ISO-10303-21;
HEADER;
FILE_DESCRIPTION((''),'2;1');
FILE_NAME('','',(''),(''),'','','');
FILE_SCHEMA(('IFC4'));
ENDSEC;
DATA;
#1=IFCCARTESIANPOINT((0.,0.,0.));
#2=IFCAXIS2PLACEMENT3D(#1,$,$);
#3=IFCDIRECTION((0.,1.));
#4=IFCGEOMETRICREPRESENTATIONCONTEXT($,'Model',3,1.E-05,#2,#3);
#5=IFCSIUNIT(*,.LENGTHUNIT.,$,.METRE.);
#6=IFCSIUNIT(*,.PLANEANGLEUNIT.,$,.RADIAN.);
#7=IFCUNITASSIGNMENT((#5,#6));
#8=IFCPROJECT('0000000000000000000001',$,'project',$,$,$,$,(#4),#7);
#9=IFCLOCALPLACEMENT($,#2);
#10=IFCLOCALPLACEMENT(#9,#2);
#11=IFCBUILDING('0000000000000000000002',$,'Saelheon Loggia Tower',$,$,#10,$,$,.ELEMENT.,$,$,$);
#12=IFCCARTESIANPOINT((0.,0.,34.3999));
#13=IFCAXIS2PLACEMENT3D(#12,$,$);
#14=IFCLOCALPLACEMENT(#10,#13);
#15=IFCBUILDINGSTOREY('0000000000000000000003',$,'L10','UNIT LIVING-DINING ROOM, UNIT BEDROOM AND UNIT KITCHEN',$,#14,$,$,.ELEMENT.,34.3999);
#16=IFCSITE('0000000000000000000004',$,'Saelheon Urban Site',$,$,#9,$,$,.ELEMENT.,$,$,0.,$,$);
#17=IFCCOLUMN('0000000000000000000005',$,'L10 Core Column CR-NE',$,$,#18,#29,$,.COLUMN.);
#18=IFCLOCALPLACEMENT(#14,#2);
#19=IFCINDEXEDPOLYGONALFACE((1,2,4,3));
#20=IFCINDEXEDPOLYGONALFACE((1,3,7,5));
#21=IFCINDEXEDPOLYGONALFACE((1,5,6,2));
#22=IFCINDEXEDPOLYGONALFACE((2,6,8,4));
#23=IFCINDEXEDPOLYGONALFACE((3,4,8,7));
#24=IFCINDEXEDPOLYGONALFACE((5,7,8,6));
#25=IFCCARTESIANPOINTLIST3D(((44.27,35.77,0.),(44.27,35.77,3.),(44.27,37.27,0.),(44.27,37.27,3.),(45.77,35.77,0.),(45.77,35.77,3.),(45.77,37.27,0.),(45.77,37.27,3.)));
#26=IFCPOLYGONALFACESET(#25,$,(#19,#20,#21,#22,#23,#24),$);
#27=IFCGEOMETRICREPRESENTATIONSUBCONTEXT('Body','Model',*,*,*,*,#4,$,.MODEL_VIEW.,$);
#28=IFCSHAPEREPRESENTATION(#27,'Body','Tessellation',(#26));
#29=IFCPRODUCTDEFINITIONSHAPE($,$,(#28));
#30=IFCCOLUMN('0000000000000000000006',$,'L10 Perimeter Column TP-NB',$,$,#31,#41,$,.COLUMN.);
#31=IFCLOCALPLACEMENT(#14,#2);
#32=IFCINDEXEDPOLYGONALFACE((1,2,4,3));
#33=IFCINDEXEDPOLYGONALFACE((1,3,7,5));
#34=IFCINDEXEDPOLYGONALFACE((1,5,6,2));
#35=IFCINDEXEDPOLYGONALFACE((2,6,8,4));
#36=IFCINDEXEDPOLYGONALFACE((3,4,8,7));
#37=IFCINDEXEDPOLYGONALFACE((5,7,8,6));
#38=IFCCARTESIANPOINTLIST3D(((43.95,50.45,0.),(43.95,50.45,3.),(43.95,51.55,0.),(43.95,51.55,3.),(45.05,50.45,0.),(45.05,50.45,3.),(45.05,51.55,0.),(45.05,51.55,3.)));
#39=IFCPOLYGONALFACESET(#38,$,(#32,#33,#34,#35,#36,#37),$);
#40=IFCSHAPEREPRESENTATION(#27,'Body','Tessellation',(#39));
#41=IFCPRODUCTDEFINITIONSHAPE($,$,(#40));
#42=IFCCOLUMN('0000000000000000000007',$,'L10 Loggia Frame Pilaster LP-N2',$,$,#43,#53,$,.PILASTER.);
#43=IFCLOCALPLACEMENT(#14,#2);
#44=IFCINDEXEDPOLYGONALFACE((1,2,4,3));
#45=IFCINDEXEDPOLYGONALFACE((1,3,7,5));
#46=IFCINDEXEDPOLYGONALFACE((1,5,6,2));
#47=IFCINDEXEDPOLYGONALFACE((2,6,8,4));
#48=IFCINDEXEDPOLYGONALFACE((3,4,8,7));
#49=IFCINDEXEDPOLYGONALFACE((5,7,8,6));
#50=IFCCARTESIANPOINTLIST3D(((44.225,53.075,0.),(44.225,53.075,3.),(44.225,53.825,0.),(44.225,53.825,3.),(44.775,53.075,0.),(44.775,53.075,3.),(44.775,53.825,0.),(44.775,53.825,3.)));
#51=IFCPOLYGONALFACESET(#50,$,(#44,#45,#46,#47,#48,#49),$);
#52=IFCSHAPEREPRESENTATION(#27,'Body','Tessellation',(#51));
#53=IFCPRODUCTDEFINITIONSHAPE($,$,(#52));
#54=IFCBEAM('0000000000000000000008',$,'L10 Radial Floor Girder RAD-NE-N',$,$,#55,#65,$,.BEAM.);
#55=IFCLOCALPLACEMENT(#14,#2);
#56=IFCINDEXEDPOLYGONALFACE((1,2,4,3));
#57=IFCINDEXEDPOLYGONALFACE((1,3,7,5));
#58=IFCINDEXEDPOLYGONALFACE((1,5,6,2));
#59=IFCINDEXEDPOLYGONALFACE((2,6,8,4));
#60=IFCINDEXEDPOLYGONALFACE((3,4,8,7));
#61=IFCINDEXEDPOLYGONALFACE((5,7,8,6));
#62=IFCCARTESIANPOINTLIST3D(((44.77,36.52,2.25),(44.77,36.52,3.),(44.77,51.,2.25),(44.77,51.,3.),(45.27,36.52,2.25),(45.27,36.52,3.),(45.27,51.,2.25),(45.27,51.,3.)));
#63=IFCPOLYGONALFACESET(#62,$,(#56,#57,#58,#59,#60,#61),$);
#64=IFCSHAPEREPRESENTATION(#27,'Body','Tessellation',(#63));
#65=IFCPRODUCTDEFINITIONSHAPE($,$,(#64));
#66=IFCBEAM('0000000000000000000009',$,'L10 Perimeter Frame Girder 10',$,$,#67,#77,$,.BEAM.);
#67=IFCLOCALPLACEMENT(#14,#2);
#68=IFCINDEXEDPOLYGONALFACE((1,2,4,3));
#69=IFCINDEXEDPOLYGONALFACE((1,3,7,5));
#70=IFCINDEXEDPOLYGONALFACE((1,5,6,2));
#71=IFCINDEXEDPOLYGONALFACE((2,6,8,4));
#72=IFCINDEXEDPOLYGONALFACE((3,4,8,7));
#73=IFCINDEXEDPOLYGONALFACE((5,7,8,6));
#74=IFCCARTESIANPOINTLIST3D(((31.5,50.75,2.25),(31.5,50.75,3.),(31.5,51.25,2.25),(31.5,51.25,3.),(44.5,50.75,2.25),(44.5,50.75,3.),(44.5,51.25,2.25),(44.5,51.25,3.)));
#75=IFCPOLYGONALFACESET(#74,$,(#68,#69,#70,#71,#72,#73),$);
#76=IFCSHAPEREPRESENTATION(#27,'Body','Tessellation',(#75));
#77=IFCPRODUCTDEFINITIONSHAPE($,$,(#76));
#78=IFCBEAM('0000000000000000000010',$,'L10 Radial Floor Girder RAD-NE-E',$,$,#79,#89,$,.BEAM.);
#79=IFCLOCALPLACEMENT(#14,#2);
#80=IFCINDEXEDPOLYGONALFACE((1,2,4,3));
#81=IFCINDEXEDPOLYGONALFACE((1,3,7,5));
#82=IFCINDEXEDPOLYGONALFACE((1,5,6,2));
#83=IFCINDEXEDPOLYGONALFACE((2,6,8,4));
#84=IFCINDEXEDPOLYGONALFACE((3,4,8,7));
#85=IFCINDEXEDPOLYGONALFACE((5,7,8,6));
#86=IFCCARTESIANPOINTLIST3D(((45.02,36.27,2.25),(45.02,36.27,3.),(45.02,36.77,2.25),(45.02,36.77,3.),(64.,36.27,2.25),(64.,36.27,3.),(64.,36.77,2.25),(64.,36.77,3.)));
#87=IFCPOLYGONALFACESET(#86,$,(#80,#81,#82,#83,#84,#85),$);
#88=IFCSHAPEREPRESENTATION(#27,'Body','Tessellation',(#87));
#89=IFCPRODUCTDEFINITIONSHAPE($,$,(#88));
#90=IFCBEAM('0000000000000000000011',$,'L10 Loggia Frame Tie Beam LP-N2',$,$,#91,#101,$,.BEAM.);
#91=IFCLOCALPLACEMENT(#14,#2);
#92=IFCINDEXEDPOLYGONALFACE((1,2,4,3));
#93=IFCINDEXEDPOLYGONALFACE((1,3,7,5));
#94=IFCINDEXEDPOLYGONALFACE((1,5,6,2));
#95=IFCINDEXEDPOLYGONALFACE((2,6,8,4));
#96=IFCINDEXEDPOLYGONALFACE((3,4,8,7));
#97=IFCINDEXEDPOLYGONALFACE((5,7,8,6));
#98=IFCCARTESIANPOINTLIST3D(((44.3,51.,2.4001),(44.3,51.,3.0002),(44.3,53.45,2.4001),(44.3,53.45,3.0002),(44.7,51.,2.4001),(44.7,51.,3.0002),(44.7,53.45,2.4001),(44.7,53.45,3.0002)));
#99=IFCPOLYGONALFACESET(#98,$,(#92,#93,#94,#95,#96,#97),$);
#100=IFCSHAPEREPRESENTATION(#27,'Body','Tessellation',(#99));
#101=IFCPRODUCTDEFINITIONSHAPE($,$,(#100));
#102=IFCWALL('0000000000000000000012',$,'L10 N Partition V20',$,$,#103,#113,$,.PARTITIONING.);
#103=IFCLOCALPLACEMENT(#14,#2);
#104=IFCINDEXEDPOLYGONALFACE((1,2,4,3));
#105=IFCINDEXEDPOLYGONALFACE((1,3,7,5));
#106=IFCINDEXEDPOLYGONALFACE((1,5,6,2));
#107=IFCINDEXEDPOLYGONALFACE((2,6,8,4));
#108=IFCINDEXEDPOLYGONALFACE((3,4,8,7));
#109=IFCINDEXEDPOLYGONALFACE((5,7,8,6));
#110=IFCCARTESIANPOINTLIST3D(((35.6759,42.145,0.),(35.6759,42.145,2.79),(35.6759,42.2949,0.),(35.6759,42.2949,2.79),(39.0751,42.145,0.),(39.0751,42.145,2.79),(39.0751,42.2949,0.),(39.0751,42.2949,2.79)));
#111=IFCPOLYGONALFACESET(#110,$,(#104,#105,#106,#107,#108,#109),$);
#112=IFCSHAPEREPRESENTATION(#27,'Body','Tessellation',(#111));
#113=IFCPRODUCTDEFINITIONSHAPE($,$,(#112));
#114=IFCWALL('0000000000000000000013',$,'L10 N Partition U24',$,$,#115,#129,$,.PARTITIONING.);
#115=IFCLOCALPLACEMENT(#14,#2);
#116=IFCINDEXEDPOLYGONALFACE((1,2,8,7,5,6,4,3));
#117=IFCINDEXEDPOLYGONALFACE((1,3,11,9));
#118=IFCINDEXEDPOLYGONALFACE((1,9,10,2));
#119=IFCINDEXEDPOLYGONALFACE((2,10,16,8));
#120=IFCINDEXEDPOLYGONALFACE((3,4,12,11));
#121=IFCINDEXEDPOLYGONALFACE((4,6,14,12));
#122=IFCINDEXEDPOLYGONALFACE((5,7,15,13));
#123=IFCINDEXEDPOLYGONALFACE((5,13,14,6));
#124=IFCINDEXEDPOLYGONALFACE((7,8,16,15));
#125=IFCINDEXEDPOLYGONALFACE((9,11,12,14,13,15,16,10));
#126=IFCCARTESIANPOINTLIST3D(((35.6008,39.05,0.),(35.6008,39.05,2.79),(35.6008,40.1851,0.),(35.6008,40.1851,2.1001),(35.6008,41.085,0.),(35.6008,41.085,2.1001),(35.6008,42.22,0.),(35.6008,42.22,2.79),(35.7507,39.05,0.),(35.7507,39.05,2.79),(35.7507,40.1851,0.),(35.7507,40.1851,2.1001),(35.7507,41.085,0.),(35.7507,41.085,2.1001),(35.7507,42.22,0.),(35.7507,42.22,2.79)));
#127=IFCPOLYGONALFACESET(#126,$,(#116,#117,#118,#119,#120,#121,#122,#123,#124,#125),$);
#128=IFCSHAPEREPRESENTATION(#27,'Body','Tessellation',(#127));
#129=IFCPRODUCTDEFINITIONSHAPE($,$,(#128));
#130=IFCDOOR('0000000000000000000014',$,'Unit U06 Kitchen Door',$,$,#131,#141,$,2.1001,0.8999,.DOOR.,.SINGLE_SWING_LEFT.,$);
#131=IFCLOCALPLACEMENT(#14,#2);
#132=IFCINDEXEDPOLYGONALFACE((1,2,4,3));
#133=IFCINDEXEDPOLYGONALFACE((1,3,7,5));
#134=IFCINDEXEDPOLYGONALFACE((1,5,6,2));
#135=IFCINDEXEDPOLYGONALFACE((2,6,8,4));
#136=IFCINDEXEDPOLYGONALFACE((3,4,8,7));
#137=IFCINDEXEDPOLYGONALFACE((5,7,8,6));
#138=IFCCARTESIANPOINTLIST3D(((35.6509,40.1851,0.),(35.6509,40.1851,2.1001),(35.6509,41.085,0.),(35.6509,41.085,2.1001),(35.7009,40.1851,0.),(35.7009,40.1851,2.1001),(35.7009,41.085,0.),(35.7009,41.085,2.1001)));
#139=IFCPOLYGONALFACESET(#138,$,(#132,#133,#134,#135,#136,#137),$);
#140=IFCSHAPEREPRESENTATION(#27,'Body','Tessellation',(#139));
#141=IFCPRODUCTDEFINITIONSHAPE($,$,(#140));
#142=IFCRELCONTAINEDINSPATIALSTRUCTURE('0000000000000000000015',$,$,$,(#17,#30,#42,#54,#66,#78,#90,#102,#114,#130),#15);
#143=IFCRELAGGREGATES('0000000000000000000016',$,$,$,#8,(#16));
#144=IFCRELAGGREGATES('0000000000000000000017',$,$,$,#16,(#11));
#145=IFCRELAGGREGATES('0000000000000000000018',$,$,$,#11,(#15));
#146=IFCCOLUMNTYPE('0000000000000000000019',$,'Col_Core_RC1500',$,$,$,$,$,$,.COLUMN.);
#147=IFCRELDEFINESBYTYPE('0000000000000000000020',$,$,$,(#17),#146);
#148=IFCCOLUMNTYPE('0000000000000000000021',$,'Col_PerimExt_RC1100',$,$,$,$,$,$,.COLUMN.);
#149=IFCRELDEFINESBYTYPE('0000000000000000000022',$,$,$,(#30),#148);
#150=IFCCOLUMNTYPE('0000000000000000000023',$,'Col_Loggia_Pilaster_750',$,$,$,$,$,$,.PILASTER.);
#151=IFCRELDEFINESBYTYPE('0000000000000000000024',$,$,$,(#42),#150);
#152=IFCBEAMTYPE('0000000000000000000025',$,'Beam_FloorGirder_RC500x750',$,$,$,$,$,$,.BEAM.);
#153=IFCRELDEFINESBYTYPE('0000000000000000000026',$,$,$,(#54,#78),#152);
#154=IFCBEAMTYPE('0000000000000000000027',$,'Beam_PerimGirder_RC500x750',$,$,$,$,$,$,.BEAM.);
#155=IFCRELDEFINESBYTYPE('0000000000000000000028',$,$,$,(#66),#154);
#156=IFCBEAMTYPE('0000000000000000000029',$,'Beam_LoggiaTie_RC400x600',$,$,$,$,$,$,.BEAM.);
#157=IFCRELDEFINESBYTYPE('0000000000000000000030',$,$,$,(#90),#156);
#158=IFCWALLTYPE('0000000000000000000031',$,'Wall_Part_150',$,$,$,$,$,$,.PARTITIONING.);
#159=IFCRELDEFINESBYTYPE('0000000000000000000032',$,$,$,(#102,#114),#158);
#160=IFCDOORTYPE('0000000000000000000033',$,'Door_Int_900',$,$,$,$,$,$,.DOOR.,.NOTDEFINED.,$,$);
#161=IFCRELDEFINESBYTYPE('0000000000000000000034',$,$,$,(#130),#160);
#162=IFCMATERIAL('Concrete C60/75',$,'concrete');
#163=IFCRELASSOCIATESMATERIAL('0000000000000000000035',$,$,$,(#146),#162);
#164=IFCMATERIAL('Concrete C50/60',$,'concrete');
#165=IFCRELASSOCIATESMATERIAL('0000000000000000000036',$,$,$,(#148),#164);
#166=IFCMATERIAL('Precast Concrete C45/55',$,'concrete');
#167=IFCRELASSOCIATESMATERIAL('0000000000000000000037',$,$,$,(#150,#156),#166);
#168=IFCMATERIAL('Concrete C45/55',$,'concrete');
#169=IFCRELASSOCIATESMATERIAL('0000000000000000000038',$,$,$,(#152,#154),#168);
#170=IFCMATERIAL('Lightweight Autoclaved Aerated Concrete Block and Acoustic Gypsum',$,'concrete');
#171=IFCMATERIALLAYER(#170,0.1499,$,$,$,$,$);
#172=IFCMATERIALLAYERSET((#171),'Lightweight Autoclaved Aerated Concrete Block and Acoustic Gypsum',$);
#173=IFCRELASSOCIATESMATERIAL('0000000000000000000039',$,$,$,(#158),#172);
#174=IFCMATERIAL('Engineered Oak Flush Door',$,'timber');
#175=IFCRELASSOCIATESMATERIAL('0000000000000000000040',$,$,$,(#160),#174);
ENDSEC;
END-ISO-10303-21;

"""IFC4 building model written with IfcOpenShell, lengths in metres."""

from ifc_helpers import new_model, si_unit, direction, frame, frame_2d, origin, origin_2d, place, context, subcontext, project, spatial, rectangle, extrude, source, transform, mapped, material, layer, layer_set, material_profile, profile_set, type_object, element, fill, save


model = new_model("IFC4")

# Units and contexts
model_context = context("Model", 3, precision=1e-05, world=origin(), true_north=direction((0.0, 1.0)))
body_context = subcontext(model_context, "Body", "Model", "MODEL_VIEW")
ifc_project = project(units=[si_unit("LENGTHUNIT", "METRE"), si_unit("PLANEANGLEUNIT", "RADIAN")], contexts=[model_context])

# Site, building, storey
site_placement = place(None, origin())
site = spatial("IfcSite", under=ifc_project, at=site_placement, Name="Saelheon Urban Site", CompositionType="ELEMENT", RefElevation=0.0)
building_placement = place(site_placement, origin())
building = spatial("IfcBuilding", under=site, at=building_placement, Name="Saelheon Loggia Tower", CompositionType="ELEMENT")
storey_placement = place(building_placement, frame((0.0, 0.0, 34.3999)))
storey = spatial("IfcBuildingStorey", under=building, at=storey_placement, Name="L10", Description="UNIT LIVING-DINING ROOM, UNIT BEDROOM AND UNIT KITCHEN", CompositionType="ELEMENT", Elevation=34.3999)

# Columns
ifc_material_1 = material(Name="Concrete C60/75", Category="concrete")
ifc_material_profile_1 = material_profile(ifc_material_1, rectangle(XDim=1.5, YDim=1.5, at=origin_2d()), Name="RC-1500x1500")
ifc_profile_set_1 = profile_set([ifc_material_profile_1], Name="Concrete C60/75")
column_type_1 = type_object("IfcColumnType", Name="Col_Core_RC1500", PredefinedType="COLUMN", material=ifc_profile_set_1)
shared_shape_1 = source(origin(), body_context, "Body", "SweptSolid", [
    extrude(rectangle(XDim=1.5, YDim=1.5, at=origin_2d()), origin(), (0.0, 0.0, 1.0), 3.0),
])
column_1_placement = place(storey_placement, frame((45.02, 36.52, 0.0), z_axis=(0.0, 0.0, 1.0), x_axis=(1.0, 0.0, 0.0)))
element("IfcColumn", 1, at=column_1_placement, inside=storey, type_object=column_type_1, Name="L10 Core Column CR-NE", PredefinedType="COLUMN", context=body_context, shape_type="MappedRepresentation", body=[
    mapped(shared_shape_1, transform((0.0, 0.0, 0.0), scale=1.0)),
])
ifc_material_2 = material(Name="Concrete C50/60", Category="concrete")
ifc_material_profile_2 = material_profile(ifc_material_2, rectangle(XDim=1.1001, YDim=1.1001, at=origin_2d()), Name="RC-1100x1100")
ifc_profile_set_2 = profile_set([ifc_material_profile_2], Name="Concrete C50/60")
column_type_2 = type_object("IfcColumnType", Name="Col_PerimExt_RC1100", PredefinedType="COLUMN", material=ifc_profile_set_2)
shared_shape_2 = source(origin(), body_context, "Body", "SweptSolid", [
    extrude(rectangle(XDim=1.1001, YDim=1.1001, at=origin_2d()), origin(), (0.0, 0.0, 1.0), 3.0),
])
column_2_placement = place(storey_placement, frame((44.5, 51.0, 0.0), z_axis=(0.0, 0.0, 1.0), x_axis=(1.0, 0.0, 0.0)))
element("IfcColumn", 2, at=column_2_placement, inside=storey, type_object=column_type_2, Name="L10 Perimeter Column TP-NB", PredefinedType="COLUMN", context=body_context, shape_type="MappedRepresentation", body=[
    mapped(shared_shape_2, transform((0.0, 0.0, 0.0), scale=1.0)),
])
ifc_material_3 = material(Name="Precast Concrete C45/55", Category="concrete")
ifc_material_profile_3 = material_profile(ifc_material_3, rectangle(XDim=0.55, YDim=0.75, at=origin_2d()), Name="RC-550x750")
ifc_profile_set_3 = profile_set([ifc_material_profile_3], Name="Precast Concrete C45/55")
column_type_3 = type_object("IfcColumnType", Name="Col_Loggia_Pilaster_750", PredefinedType="PILASTER", material=ifc_profile_set_3)
shared_shape_3 = source(origin(), body_context, "Body", "SweptSolid", [
    extrude(rectangle(XDim=0.55, YDim=0.75, at=origin_2d()), origin(), (0.0, 0.0, 1.0), 3.0),
])
column_3_placement = place(storey_placement, frame((44.5, 53.45, 0.0), z_axis=(0.0, 0.0, 1.0), x_axis=(1.0, 0.0, 0.0)))
element("IfcColumn", 3, at=column_3_placement, inside=storey, type_object=column_type_3, Name="L10 Loggia Frame Pilaster LP-N2", PredefinedType="PILASTER", context=body_context, shape_type="MappedRepresentation", body=[
    mapped(shared_shape_3, transform((0.0, 0.0, 0.0), scale=1.0)),
])

# Beams
ifc_material_4 = material(Name="Concrete C45/55", Category="concrete")
ifc_material_profile_4 = material_profile(ifc_material_4, rectangle(XDim=0.5, YDim=0.75, at=origin_2d()), Name="RC-500x750")
ifc_profile_set_4 = profile_set([ifc_material_profile_4], Name="Concrete C45/55")
beam_type_1 = type_object("IfcBeamType", Name="Beam_FloorGirder_RC500x750", PredefinedType="BEAM", material=ifc_profile_set_4)
shared_shape_4 = source(origin(), body_context, "Body", "SweptSolid", [
    extrude(rectangle(XDim=0.5, YDim=0.75, at=origin_2d()), origin(), (0.0, 0.0, 1.0), 14.48),
])
beam_1_placement = place(storey_placement, frame((45.02, 36.52, 2.625), z_axis=(0.0, 1.0, 0.0), x_axis=(-1.0, 0.0, 0.0)))
element("IfcBeam", 4, at=beam_1_placement, inside=storey, type_object=beam_type_1, Name="L10 Radial Floor Girder RAD-NE-N", PredefinedType="BEAM", context=body_context, shape_type="MappedRepresentation", body=[
    mapped(shared_shape_4, transform((0.0, 0.0, 0.0), scale=1.0)),
])
ifc_material_profile_5 = material_profile(ifc_material_4, rectangle(XDim=0.5, YDim=0.75, at=origin_2d()), Name="RC-500x750")
ifc_profile_set_5 = profile_set([ifc_material_profile_5], Name="Concrete C45/55")
beam_type_2 = type_object("IfcBeamType", Name="Beam_PerimGirder_RC500x750", PredefinedType="BEAM", material=ifc_profile_set_5)
shared_shape_5 = source(origin(), body_context, "Body", "SweptSolid", [
    extrude(rectangle(XDim=0.5, YDim=0.75, at=origin_2d()), origin(), (0.0, 0.0, 1.0), 13.0),
])
beam_2_placement = place(storey_placement, frame((44.5, 51.0, 2.625), z_axis=(-1.0, 0.0, 0.0), x_axis=(0.0, -1.0, 0.0)))
element("IfcBeam", 5, at=beam_2_placement, inside=storey, type_object=beam_type_2, Name="L10 Perimeter Frame Girder 10", PredefinedType="BEAM", context=body_context, shape_type="MappedRepresentation", body=[
    mapped(shared_shape_5, transform((0.0, 0.0, 0.0), scale=1.0)),
])
shared_shape_6 = source(origin(), body_context, "Body", "SweptSolid", [
    extrude(rectangle(XDim=0.5, YDim=0.75, at=origin_2d()), origin(), (0.0, 0.0, 1.0), 18.98),
])
beam_3_placement = place(storey_placement, frame((45.02, 36.52, 2.625), z_axis=(1.0, 0.0, 0.0), x_axis=(0.0, 1.0, 0.0)))
element("IfcBeam", 6, at=beam_3_placement, inside=storey, type_object=beam_type_1, Name="L10 Radial Floor Girder RAD-NE-E", PredefinedType="BEAM", context=body_context, shape_type="MappedRepresentation", body=[
    mapped(shared_shape_6, transform((0.0, 0.0, 0.0), scale=1.0)),
])
ifc_material_profile_6 = material_profile(ifc_material_3, rectangle(XDim=0.3999, YDim=0.6001, at=origin_2d()), Name="RC-400x600")
ifc_profile_set_6 = profile_set([ifc_material_profile_6], Name="Precast Concrete C45/55")
beam_type_3 = type_object("IfcBeamType", Name="Beam_LoggiaTie_RC400x600", PredefinedType="BEAM", material=ifc_profile_set_6)
shared_shape_7 = source(origin(), body_context, "Body", "SweptSolid", [
    extrude(rectangle(XDim=0.3999, YDim=0.6001, at=origin_2d()), origin(), (0.0, 0.0, 1.0), 2.45),
])
beam_4_placement = place(storey_placement, frame((44.5, 51.0, 2.7002), z_axis=(0.0, 1.0, 0.0), x_axis=(-1.0, 0.0, 0.0)))
element("IfcBeam", 7, at=beam_4_placement, inside=storey, type_object=beam_type_3, Name="L10 Loggia Frame Tie Beam LP-N2", PredefinedType="BEAM", context=body_context, shape_type="MappedRepresentation", body=[
    mapped(shared_shape_7, transform((0.0, 0.0, 0.0), scale=1.0)),
])

# Wall
ifc_material_5 = material(Name="Lightweight Autoclaved Aerated Concrete Block and Acoustic Gypsum", Category="concrete")
ifc_layer_1 = layer(ifc_material_5, 0.1499)
ifc_layer_set_1 = layer_set([ifc_layer_1], Name="Lightweight Autoclaved Aerated Concrete Block and Acoustic Gypsum")
wall_type_1 = type_object("IfcWallType", Name="Wall_Part_150", PredefinedType="PARTITIONING", material=ifc_layer_set_1)
wall_1_placement = place(storey_placement, frame((35.6758, 42.22, 0.0), z_axis=(0.0, 0.0, 1.0), x_axis=(1.0, 0.0, 0.0)))
element("IfcWall", 8, at=wall_1_placement, inside=storey, type_object=wall_type_1, Name="L10 N Partition V20", PredefinedType="PARTITIONING", context=body_context, shape_type="SweptSolid", body=[
    extrude(rectangle(XDim=3.3992, YDim=0.1499, at=frame_2d((1.6997, 0.0))), origin(), (0.0, 0.0, 1.0), 2.79),
])

# Wall, opening, door
wall_2_placement = place(storey_placement, frame((35.6758, 39.05, 0.0), z_axis=(0.0, 0.0, 1.0), x_axis=(0.0, 1.0, 0.0)))
wall_2 = element("IfcWall", 9, at=wall_2_placement, inside=storey, type_object=wall_type_1, Name="L10 N Partition U24", PredefinedType="PARTITIONING", context=body_context, shape_type="SweptSolid", body=[
    extrude(rectangle(XDim=3.1699, YDim=0.1499, at=frame_2d((1.585, 0.0))), origin(), (0.0, 0.0, 1.0), 2.79),
])
opening_1_placement = place(wall_2_placement, frame((1.135, 0.0, 0.0)))
opening_1 = element("IfcOpeningElement", 10, at=opening_1_placement, cuts=wall_2, PredefinedType="OPENING", context=body_context, shape_type="SweptSolid", body=[
    extrude(rectangle(XDim=0.8999, YDim=2.1001, at=frame_2d((0.45, 1.05))), frame((0.0, 0.0869, 0.0), z_axis=(0.0, -1.0, 0.0), x_axis=(1.0, 0.0, 0.0)), (0.0, 0.0, 1.0), 0.1738),
])
ifc_material_6 = material(Name="Engineered Oak Flush Door", Category="timber")
door_type_1 = type_object("IfcDoorType", Name="Door_Int_900", OperationType="NOTDEFINED", PredefinedType="DOOR", material=ifc_material_6)
shared_shape_8 = source(origin(), body_context, "Body", "SweptSolid", [
    extrude(rectangle(XDim=0.8999, YDim=2.1001, at=frame_2d((0.45, 1.05))), frame((0.0, 0.0249, 0.0), z_axis=(0.0, -1.0, 0.0), x_axis=(1.0, 0.0, 0.0)), (0.0, 0.0, 1.0), 0.05),
])
door_1_placement = place(opening_1_placement, origin())
door_1 = element("IfcDoor", 11, at=door_1_placement, inside=storey, type_object=door_type_1, Name="Unit U06 Kitchen Door", OperationType="SINGLE_SWING_LEFT", OverallHeight=2.1001, OverallWidth=0.8999, PredefinedType="DOOR", context=body_context, shape_type="MappedRepresentation", body=[
    mapped(shared_shape_8, transform((0.0, 0.0, 0.0), scale=1.0)),
])
fill(opening_1, door_1)

save(model, "model.ifc")
